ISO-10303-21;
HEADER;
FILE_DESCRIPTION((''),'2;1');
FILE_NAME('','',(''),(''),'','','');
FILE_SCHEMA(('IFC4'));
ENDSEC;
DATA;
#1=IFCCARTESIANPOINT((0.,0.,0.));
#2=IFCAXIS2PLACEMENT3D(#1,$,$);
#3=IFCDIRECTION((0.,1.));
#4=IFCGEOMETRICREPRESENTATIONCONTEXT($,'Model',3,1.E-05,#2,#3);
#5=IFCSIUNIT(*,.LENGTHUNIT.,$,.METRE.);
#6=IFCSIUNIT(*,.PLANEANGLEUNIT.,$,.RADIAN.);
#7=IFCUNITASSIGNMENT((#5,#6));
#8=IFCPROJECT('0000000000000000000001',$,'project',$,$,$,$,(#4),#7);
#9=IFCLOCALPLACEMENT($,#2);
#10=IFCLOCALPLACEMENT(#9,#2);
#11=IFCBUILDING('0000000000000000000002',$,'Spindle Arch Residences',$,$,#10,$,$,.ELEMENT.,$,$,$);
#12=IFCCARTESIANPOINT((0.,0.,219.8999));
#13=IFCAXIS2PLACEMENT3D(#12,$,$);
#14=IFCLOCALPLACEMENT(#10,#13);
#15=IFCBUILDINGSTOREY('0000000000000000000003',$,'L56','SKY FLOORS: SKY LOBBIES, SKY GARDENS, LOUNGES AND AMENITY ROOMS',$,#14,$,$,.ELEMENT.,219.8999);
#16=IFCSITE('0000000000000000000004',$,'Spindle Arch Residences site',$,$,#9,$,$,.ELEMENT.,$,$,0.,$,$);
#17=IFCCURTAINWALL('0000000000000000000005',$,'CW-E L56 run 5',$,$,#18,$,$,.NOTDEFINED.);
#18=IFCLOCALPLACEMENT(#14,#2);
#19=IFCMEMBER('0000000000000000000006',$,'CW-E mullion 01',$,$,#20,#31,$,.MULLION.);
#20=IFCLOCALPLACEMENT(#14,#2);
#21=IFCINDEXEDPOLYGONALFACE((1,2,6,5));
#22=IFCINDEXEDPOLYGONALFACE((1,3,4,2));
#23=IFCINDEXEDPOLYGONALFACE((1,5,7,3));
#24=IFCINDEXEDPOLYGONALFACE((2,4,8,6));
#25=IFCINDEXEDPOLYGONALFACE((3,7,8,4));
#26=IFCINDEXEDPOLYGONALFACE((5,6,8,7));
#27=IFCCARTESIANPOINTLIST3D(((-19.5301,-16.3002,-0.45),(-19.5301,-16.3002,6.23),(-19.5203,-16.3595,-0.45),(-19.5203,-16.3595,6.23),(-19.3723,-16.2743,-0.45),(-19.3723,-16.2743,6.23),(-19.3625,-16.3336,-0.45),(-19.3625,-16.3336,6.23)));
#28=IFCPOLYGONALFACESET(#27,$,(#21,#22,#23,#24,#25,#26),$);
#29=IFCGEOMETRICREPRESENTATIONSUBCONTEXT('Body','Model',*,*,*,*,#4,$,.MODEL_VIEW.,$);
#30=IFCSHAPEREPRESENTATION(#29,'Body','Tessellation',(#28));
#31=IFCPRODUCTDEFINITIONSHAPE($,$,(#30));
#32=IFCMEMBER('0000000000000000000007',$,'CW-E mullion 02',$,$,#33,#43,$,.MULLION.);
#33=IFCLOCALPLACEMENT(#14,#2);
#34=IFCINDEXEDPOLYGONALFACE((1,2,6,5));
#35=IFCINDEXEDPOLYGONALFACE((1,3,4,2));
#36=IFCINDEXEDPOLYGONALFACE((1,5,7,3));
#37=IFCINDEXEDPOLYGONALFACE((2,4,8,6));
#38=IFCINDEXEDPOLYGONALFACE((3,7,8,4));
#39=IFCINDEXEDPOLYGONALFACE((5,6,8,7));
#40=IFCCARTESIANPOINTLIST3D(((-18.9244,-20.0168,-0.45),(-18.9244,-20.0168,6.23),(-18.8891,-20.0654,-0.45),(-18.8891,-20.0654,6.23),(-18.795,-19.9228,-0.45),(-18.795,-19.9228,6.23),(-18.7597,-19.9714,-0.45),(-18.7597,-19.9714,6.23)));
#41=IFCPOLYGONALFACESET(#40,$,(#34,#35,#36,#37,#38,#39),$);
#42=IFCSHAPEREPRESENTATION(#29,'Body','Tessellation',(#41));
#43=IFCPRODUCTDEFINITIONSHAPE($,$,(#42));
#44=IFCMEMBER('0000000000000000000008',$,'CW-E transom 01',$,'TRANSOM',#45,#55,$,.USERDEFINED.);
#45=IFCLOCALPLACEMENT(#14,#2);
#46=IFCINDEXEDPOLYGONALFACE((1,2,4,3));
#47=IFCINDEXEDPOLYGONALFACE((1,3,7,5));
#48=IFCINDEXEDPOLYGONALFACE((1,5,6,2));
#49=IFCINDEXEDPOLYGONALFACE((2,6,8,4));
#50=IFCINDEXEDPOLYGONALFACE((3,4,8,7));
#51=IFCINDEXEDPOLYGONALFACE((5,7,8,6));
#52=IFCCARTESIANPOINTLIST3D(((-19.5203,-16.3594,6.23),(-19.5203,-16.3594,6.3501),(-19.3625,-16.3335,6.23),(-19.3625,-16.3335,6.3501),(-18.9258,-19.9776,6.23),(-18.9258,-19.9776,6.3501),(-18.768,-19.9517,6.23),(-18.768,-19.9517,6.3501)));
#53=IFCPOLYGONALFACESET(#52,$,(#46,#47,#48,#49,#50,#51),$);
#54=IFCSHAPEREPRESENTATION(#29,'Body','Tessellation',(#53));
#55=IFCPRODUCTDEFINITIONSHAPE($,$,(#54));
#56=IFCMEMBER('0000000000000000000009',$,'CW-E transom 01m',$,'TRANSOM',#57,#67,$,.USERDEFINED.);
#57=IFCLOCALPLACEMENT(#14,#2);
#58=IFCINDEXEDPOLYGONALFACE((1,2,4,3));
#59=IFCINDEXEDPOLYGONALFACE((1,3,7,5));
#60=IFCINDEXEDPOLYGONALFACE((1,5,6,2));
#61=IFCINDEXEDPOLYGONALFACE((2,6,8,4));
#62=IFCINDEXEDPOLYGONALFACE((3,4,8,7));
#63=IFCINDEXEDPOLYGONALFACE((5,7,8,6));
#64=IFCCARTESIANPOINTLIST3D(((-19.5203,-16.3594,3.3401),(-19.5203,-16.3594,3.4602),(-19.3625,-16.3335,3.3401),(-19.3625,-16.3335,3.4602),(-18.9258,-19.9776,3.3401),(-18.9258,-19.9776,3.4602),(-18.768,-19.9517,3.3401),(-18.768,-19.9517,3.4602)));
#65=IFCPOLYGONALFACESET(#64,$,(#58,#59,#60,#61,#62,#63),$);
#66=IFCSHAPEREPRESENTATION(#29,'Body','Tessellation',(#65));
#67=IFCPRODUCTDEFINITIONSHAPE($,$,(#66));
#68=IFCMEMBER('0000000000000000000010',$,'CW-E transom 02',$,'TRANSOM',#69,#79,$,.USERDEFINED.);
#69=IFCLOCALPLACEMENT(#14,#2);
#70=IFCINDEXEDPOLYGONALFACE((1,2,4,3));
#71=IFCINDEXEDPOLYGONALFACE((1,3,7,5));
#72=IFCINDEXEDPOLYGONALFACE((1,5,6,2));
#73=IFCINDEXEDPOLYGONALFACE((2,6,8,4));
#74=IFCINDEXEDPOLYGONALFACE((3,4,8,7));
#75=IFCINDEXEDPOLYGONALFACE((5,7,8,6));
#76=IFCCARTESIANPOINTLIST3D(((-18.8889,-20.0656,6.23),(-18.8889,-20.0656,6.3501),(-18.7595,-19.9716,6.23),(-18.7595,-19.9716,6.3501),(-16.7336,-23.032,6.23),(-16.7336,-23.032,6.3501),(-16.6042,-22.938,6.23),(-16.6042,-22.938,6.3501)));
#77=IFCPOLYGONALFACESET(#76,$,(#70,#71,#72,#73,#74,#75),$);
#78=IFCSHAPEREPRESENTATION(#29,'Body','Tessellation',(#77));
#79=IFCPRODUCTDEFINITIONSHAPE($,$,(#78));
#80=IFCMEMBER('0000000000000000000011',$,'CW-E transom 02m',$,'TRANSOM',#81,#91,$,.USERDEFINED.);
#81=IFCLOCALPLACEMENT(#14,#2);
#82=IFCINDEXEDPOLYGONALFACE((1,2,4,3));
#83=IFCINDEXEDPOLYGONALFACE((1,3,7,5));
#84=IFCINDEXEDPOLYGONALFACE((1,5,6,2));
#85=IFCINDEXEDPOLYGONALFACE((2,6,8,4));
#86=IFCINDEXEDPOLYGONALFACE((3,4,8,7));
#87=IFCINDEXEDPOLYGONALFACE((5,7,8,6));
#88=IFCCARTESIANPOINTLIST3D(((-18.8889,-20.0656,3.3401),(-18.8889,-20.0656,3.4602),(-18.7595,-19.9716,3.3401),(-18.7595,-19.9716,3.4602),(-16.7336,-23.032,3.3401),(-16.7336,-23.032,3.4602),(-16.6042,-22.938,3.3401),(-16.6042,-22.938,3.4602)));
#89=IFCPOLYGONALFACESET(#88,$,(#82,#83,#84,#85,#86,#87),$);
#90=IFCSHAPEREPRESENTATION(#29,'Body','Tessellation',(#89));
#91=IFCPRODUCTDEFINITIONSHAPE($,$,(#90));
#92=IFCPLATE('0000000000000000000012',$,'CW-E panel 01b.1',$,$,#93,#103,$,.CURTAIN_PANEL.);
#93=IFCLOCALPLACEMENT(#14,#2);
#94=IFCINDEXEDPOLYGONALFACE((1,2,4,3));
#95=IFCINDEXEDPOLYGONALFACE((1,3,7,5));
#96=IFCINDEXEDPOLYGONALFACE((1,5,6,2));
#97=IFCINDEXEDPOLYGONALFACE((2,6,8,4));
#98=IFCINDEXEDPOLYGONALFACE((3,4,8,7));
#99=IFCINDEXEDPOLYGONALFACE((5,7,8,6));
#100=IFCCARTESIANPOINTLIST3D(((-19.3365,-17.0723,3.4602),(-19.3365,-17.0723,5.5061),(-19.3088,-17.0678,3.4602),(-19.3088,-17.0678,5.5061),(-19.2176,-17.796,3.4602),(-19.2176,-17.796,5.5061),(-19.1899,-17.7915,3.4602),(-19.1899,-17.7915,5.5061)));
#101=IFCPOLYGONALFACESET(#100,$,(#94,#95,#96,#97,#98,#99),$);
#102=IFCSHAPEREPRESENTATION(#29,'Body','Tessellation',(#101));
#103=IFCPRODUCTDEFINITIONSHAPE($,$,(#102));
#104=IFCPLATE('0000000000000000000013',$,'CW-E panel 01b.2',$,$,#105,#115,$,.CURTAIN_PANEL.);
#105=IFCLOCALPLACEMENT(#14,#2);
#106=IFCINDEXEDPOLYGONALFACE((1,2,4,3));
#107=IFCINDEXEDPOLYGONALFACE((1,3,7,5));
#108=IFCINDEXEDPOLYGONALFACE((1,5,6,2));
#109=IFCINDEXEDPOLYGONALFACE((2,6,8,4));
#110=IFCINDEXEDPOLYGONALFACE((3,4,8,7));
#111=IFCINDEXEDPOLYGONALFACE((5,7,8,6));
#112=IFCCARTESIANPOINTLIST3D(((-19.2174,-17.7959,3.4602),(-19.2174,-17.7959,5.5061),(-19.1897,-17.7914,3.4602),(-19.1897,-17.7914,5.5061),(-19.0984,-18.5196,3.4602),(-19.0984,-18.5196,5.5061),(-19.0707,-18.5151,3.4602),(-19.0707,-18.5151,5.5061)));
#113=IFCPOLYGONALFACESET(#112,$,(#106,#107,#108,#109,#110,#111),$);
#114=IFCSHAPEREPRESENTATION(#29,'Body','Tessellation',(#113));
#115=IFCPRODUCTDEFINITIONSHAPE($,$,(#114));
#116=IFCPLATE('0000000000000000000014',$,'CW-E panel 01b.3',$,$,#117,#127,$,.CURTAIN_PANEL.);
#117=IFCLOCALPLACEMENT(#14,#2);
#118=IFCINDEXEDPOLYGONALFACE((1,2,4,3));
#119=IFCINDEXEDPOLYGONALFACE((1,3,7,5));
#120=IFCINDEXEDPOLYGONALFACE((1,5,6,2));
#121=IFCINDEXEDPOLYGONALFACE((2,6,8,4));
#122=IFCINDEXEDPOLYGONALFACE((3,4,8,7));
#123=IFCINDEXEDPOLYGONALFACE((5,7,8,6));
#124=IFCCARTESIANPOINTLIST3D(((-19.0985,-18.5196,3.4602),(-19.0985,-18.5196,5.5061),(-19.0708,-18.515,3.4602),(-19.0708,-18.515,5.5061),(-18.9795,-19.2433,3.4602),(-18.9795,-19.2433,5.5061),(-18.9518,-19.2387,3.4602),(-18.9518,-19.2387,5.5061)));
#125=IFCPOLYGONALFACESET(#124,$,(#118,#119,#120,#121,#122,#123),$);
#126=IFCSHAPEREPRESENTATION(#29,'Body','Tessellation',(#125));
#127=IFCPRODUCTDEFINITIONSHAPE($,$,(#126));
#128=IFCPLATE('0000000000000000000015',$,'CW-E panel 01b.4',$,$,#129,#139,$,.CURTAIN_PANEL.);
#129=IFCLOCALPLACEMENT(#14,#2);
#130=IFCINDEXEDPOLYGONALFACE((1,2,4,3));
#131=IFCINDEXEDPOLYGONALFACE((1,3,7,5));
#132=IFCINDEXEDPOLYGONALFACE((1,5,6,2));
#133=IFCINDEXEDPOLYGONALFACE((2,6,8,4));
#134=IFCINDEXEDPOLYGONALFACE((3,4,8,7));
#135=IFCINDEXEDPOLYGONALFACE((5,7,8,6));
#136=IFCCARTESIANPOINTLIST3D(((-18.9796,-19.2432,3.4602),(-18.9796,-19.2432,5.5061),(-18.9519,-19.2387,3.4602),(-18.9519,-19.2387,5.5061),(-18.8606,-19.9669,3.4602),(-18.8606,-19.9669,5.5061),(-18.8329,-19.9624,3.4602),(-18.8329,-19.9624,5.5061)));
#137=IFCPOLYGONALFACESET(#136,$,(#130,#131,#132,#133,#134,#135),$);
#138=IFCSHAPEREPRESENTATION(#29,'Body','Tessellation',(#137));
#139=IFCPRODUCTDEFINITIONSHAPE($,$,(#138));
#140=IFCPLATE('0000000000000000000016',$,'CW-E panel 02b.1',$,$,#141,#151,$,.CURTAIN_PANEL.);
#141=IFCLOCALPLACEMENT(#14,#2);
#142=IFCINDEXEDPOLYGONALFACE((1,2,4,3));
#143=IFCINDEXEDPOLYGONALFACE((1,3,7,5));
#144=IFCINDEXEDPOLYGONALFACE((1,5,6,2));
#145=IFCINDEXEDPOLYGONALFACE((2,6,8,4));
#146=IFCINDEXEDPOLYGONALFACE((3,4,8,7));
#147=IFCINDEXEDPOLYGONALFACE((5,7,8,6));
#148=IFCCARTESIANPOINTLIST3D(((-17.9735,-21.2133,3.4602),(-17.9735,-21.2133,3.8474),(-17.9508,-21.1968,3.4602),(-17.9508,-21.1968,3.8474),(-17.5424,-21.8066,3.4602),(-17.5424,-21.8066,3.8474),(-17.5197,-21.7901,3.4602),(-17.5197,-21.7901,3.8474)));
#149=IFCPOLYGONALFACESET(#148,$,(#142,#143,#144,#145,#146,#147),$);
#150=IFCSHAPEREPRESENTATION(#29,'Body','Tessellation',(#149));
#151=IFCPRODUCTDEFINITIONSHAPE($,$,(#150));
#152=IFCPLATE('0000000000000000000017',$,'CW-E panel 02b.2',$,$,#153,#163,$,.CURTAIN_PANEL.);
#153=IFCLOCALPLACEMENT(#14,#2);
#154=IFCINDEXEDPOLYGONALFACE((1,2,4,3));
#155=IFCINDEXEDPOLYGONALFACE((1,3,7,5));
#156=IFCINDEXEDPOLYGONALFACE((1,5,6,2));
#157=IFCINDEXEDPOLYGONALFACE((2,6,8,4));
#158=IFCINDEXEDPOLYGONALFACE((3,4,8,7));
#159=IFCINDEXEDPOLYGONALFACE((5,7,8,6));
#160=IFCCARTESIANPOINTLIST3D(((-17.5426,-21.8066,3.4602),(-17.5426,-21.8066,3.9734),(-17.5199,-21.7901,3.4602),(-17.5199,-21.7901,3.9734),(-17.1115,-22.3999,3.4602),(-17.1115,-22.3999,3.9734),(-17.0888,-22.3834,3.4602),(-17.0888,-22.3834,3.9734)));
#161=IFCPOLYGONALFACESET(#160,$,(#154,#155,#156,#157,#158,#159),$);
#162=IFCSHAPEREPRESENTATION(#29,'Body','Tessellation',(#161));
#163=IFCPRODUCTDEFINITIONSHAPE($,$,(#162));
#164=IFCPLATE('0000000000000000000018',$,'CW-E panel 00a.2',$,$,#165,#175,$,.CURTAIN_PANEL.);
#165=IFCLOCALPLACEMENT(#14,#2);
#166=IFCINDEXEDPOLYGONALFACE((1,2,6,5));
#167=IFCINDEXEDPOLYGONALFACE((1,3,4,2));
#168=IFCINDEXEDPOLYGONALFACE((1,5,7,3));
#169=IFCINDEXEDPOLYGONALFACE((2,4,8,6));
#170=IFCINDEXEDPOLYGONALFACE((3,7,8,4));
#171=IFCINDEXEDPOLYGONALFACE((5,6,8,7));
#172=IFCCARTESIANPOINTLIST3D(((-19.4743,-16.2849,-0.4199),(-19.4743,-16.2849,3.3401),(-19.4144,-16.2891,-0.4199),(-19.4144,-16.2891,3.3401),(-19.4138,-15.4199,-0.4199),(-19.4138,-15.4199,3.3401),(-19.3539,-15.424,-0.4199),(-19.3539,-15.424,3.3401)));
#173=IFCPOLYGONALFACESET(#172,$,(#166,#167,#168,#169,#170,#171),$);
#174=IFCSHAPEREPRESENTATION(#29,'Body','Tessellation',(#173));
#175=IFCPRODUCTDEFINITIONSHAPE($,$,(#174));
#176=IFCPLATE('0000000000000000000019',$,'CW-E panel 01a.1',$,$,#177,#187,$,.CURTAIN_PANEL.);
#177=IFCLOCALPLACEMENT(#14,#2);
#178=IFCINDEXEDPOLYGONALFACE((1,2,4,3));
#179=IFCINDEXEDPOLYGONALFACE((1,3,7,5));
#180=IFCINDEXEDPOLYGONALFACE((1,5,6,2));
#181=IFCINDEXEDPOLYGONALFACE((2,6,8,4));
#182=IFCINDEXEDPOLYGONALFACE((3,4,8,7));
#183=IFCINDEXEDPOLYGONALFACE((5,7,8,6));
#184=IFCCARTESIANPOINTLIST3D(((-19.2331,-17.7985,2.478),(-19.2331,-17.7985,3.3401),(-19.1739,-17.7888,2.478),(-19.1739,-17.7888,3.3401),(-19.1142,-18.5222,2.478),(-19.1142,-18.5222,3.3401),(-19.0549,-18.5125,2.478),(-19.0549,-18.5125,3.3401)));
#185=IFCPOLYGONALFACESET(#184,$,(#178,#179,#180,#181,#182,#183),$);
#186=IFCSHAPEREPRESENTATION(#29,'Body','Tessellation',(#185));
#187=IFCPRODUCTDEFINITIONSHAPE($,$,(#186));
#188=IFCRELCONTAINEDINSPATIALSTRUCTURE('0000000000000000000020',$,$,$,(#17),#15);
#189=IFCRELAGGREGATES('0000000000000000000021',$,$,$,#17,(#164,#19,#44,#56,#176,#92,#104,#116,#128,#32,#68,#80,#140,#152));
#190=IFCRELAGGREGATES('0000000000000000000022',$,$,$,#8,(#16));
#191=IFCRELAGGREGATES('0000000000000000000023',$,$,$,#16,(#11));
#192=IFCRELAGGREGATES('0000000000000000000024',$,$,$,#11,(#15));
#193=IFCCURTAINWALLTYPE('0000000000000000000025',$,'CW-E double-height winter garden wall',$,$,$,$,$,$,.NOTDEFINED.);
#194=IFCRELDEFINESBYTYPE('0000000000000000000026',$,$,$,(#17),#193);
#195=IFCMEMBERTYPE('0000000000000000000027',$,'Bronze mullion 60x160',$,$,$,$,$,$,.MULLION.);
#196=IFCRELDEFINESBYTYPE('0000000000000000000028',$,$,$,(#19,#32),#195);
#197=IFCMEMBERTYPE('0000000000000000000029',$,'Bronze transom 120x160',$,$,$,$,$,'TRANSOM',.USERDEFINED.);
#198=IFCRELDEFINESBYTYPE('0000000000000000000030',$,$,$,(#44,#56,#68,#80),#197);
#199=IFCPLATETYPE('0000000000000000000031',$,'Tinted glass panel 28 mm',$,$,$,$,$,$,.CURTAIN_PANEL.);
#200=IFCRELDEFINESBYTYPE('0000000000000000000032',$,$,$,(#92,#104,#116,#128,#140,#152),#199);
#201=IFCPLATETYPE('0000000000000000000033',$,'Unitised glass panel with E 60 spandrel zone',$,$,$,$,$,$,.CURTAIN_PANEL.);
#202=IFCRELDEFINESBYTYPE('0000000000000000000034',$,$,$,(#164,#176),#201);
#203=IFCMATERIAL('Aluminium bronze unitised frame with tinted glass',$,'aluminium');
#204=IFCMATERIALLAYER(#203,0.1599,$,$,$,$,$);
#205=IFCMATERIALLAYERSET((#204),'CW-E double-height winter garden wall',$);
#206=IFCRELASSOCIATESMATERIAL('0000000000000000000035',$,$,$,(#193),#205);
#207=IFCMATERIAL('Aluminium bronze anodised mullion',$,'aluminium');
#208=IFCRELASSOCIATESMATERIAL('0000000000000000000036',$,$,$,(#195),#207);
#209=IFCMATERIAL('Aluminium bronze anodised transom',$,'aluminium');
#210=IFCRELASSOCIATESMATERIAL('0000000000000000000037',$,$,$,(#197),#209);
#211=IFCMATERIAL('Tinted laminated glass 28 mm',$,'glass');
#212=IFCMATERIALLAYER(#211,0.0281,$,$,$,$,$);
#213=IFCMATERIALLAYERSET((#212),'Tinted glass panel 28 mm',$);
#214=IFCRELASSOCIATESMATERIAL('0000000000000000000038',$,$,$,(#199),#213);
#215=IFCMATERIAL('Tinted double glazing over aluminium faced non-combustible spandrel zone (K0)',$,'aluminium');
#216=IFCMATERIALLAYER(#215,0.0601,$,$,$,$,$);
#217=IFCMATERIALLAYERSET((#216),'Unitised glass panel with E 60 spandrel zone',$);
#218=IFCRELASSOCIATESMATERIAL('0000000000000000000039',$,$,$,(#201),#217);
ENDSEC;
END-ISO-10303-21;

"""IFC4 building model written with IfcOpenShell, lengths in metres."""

from ifc_helpers import new_model, si_unit, direction, frame, origin, origin_2d, place, context, subcontext, project, spatial, rectangle, extrude, material, layer, layer_set, material_profile, profile_set, type_object, element, aggregate, save


model = new_model("IFC4")

# Units and contexts
model_context = context("Model", 3, precision=1e-05, world=origin(), true_north=direction((0.0, 1.0)))
body_context = subcontext(model_context, "Body", "Model", "MODEL_VIEW")
ifc_project = project(units=[si_unit("LENGTHUNIT", "METRE"), si_unit("PLANEANGLEUNIT", "RADIAN")], contexts=[model_context])

# Site, building, storey
site_placement = place(None, origin())
site = spatial("IfcSite", under=ifc_project, at=site_placement, Name="Spindle Arch Residences site", CompositionType="ELEMENT", RefElevation=0.0)
building_placement = place(site_placement, origin())
building = spatial("IfcBuilding", under=site, at=building_placement, Name="Spindle Arch Residences", CompositionType="ELEMENT")
storey_placement = place(building_placement, frame((0.0, 0.0, 219.8999)))
storey = spatial("IfcBuildingStorey", under=building, at=storey_placement, Name="L56", Description="SKY FLOORS: SKY LOBBIES, SKY GARDENS, LOUNGES AND AMENITY ROOMS", CompositionType="ELEMENT", Elevation=219.8999)

# Curtain wall, members, plates
ifc_material_1 = material(Name="Aluminium bronze unitised frame with tinted glass", Category="aluminium")
ifc_layer_1 = layer(ifc_material_1, 0.1599)
ifc_layer_set_1 = layer_set([ifc_layer_1], Name="CW-E double-height winter garden wall")
curtain_wall_type = type_object("IfcCurtainWallType", Name="CW-E double-height winter garden wall", PredefinedType="NOTDEFINED", material=ifc_layer_set_1)
curtain_wall_placement = place(storey_placement, origin())
curtain_wall = element("IfcCurtainWall", 1, at=curtain_wall_placement, inside=storey, type_object=curtain_wall_type, Name="CW-E L56 run 5", PredefinedType="NOTDEFINED")
ifc_material_2 = material(Name="Aluminium bronze anodised mullion", Category="aluminium")
ifc_material_profile_1 = material_profile(ifc_material_2, rectangle(XDim=0.1599, YDim=0.0601, at=origin_2d()), Name="MU 60x160")
ifc_profile_set_1 = profile_set([ifc_material_profile_1], Name="Aluminium bronze anodised mullion")
member_type_1 = type_object("IfcMemberType", Name="Bronze mullion 60x160", PredefinedType="MULLION", material=ifc_profile_set_1)
member_1_placement = place(storey_placement, frame((-19.4463, -16.3169, -0.45), z_axis=(0.0, 0.0, 1.0), x_axis=(0.986762, 0.162178, 0.0)))
member_1 = element("IfcMember", 2, at=member_1_placement, type_object=member_type_1, Name="CW-E mullion 01", PredefinedType="MULLION", context=body_context, shape_type="SweptSolid", body=[
    extrude(rectangle(XDim=0.1599, YDim=0.0601, at=origin_2d()), origin(), (0.0, 0.0, 1.0), 6.6799),
])
member_2_placement = place(storey_placement, frame((-18.842, -19.9941, -0.45), z_axis=(0.0, 0.0, 1.0), x_axis=(0.809017, 0.587785, 0.0)))
member_2 = element("IfcMember", 3, at=member_2_placement, type_object=member_type_1, Name="CW-E mullion 02", PredefinedType="MULLION", context=body_context, shape_type="SweptSolid", body=[
    extrude(rectangle(XDim=0.1599, YDim=0.0601, at=origin_2d()), origin(), (0.0, 0.0, 1.0), 6.6799),
])
ifc_material_3 = material(Name="Aluminium bronze anodised transom", Category="aluminium")
ifc_material_profile_2 = material_profile(ifc_material_3, rectangle(XDim=0.1599, YDim=0.1201, at=origin_2d()), Name="TR 120x160")
ifc_profile_set_2 = profile_set([ifc_material_profile_2], Name="Aluminium bronze anodised transom")
member_type_2 = type_object("IfcMemberType", Name="Bronze transom 120x160", ElementType="TRANSOM", PredefinedType="USERDEFINED", material=ifc_profile_set_2)
member_3_placement = place(storey_placement, frame((-19.4414, -16.3464, 6.29), z_axis=(0.162131, -0.986769, 0.0), x_axis=(0.986769, 0.162131, 0.0)))
member_3 = element("IfcMember", 4, at=member_3_placement, type_object=member_type_2, Name="CW-E transom 01", ObjectType="TRANSOM", PredefinedType="USERDEFINED", context=body_context, shape_type="SweptSolid", body=[
    extrude(rectangle(XDim=0.1599, YDim=0.1201, at=origin_2d()), origin(), (0.0, 0.0, 1.0), 3.6667),
])
member_4_placement = place(storey_placement, frame((-19.4414, -16.3464, 3.4001), z_axis=(0.162131, -0.986769, 0.0), x_axis=(0.986769, 0.162131, 0.0)))
member_4 = element("IfcMember", 5, at=member_4_placement, type_object=member_type_2, Name="CW-E transom 01m", ObjectType="TRANSOM", PredefinedType="USERDEFINED", context=body_context, shape_type="SweptSolid", body=[
    extrude(rectangle(XDim=0.1599, YDim=0.1201, at=origin_2d()), origin(), (0.0, 0.0, 1.0), 3.6667),
])
member_5_placement = place(storey_placement, frame((-18.8242, -20.0186, 6.29), z_axis=(0.587807, -0.809001, 0.0), x_axis=(0.809001, 0.587807, 0.0)))
member_5 = element("IfcMember", 6, at=member_5_placement, type_object=member_type_2, Name="CW-E transom 02", ObjectType="TRANSOM", PredefinedType="USERDEFINED", context=body_context, shape_type="SweptSolid", body=[
    extrude(rectangle(XDim=0.1599, YDim=0.1201, at=origin_2d()), origin(), (0.0, 0.0, 1.0), 3.6667),
])
member_6_placement = place(storey_placement, frame((-18.8242, -20.0186, 3.4001), z_axis=(0.587807, -0.809001, 0.0), x_axis=(0.809001, 0.587807, 0.0)))
member_6 = element("IfcMember", 7, at=member_6_placement, type_object=member_type_2, Name="CW-E transom 02m", ObjectType="TRANSOM", PredefinedType="USERDEFINED", context=body_context, shape_type="SweptSolid", body=[
    extrude(rectangle(XDim=0.1599, YDim=0.1201, at=origin_2d()), origin(), (0.0, 0.0, 1.0), 3.6667),
])
ifc_material_4 = material(Name="Tinted laminated glass 28 mm", Category="glass")
ifc_layer_2 = layer(ifc_material_4, 0.0281)
ifc_layer_set_2 = layer_set([ifc_layer_2], Name="Tinted glass panel 28 mm")
plate_type_1 = type_object("IfcPlateType", Name="Tinted glass panel 28 mm", PredefinedType="CURTAIN_PANEL", material=ifc_layer_set_2)
plate_1_placement = place(storey_placement, frame((-19.2632, -17.4319, 3.4602), z_axis=(0.0, 0.0, 1.0), x_axis=(0.162178, -0.986762, 0.0)))
plate_1 = element("IfcPlate", 8, at=plate_1_placement, type_object=plate_type_1, Name="CW-E panel 01b.1", PredefinedType="CURTAIN_PANEL", context=body_context, shape_type="SweptSolid", body=[
    extrude(rectangle(XDim=0.7334, YDim=0.0281, at=origin_2d()), origin(), (0.0, 0.0, 1.0), 2.0459),
])
plate_2_placement = place(storey_placement, frame((-19.144, -18.1555, 3.4602), z_axis=(0.0, 0.0, 1.0), x_axis=(0.162178, -0.986762, 0.0)))
plate_2 = element("IfcPlate", 9, at=plate_2_placement, type_object=plate_type_1, Name="CW-E panel 01b.2", PredefinedType="CURTAIN_PANEL", context=body_context, shape_type="SweptSolid", body=[
    extrude(rectangle(XDim=0.7334, YDim=0.0281, at=origin_2d()), origin(), (0.0, 0.0, 1.0), 2.0459),
])
plate_3_placement = place(storey_placement, frame((-19.0251, -18.8792, 3.4602), z_axis=(0.0, 0.0, 1.0), x_axis=(0.162178, -0.986762, 0.0)))
plate_3 = element("IfcPlate", 10, at=plate_3_placement, type_object=plate_type_1, Name="CW-E panel 01b.3", PredefinedType="CURTAIN_PANEL", context=body_context, shape_type="SweptSolid", body=[
    extrude(rectangle(XDim=0.7334, YDim=0.0281, at=origin_2d()), origin(), (0.0, 0.0, 1.0), 2.0459),
])
plate_4_placement = place(storey_placement, frame((-18.9062, -19.6028, 3.4602), z_axis=(0.0, 0.0, 1.0), x_axis=(0.162178, -0.986762, 0.0)))
plate_4 = element("IfcPlate", 11, at=plate_4_placement, type_object=plate_type_1, Name="CW-E panel 01b.4", PredefinedType="CURTAIN_PANEL", context=body_context, shape_type="SweptSolid", body=[
    extrude(rectangle(XDim=0.7334, YDim=0.0281, at=origin_2d()), origin(), (0.0, 0.0, 1.0), 2.0459),
])
plate_5_placement = place(storey_placement, frame((-17.7466, -21.5017, 3.4602), z_axis=(0.0, 0.0, 1.0), x_axis=(0.587785, -0.809017, 0.0)))
plate_5 = element("IfcPlate", 12, at=plate_5_placement, type_object=plate_type_1, Name="CW-E panel 02b.1", PredefinedType="CURTAIN_PANEL", context=body_context, shape_type="SweptSolid", body=[
    extrude(rectangle(XDim=0.7334, YDim=0.0281, at=origin_2d()), origin(), (0.0, 0.0, 1.0), 0.3872),
])
plate_6_placement = place(storey_placement, frame((-17.3157, -22.095, 3.4602), z_axis=(0.0, 0.0, 1.0), x_axis=(0.587785, -0.809017, 0.0)))
plate_6 = element("IfcPlate", 13, at=plate_6_placement, type_object=plate_type_1, Name="CW-E panel 02b.2", PredefinedType="CURTAIN_PANEL", context=body_context, shape_type="SweptSolid", body=[
    extrude(rectangle(XDim=0.7334, YDim=0.0281, at=origin_2d()), origin(), (0.0, 0.0, 1.0), 0.5132),
])
ifc_material_5 = material(Name="Tinted double glazing over aluminium faced non-combustible spandrel zone (K0)", Category="aluminium")
ifc_layer_3 = layer(ifc_material_5, 0.0601)
ifc_layer_set_3 = layer_set([ifc_layer_3], Name="Unitised glass panel with E 60 spandrel zone")
plate_type_2 = type_object("IfcPlateType", Name="Unitised glass panel with E 60 spandrel zone", PredefinedType="CURTAIN_PANEL", material=ifc_layer_set_3)
plate_7_placement = place(storey_placement, frame((-19.4141, -15.8545, -0.4199), z_axis=(0.0, 0.0, 1.0), x_axis=(-0.069756, -0.997564, 0.0)))
plate_7 = element("IfcPlate", 14, at=plate_7_placement, type_object=plate_type_2, Name="CW-E panel 00a.2", PredefinedType="CURTAIN_PANEL", context=body_context, shape_type="SweptSolid", body=[
    extrude(rectangle(XDim=0.8672, YDim=0.0601, at=origin_2d()), origin(), (0.0, 0.0, 1.0), 3.76),
])
plate_8_placement = place(storey_placement, frame((-19.144, -18.1555, 2.478), z_axis=(0.0, 0.0, 1.0), x_axis=(0.162178, -0.986762, 0.0)))
plate_8 = element("IfcPlate", 15, at=plate_8_placement, type_object=plate_type_2, Name="CW-E panel 01a.1", PredefinedType="CURTAIN_PANEL", context=body_context, shape_type="SweptSolid", body=[
    extrude(rectangle(XDim=0.7334, YDim=0.0601, at=origin_2d()), origin(), (0.0, 0.0, 1.0), 0.8621),
])
aggregate(curtain_wall, [plate_7, member_1, member_3, member_4, plate_8, plate_1, plate_2, plate_3, plate_4, member_2, member_5, member_6, plate_5, plate_6])

save(model, "model.ifc")
